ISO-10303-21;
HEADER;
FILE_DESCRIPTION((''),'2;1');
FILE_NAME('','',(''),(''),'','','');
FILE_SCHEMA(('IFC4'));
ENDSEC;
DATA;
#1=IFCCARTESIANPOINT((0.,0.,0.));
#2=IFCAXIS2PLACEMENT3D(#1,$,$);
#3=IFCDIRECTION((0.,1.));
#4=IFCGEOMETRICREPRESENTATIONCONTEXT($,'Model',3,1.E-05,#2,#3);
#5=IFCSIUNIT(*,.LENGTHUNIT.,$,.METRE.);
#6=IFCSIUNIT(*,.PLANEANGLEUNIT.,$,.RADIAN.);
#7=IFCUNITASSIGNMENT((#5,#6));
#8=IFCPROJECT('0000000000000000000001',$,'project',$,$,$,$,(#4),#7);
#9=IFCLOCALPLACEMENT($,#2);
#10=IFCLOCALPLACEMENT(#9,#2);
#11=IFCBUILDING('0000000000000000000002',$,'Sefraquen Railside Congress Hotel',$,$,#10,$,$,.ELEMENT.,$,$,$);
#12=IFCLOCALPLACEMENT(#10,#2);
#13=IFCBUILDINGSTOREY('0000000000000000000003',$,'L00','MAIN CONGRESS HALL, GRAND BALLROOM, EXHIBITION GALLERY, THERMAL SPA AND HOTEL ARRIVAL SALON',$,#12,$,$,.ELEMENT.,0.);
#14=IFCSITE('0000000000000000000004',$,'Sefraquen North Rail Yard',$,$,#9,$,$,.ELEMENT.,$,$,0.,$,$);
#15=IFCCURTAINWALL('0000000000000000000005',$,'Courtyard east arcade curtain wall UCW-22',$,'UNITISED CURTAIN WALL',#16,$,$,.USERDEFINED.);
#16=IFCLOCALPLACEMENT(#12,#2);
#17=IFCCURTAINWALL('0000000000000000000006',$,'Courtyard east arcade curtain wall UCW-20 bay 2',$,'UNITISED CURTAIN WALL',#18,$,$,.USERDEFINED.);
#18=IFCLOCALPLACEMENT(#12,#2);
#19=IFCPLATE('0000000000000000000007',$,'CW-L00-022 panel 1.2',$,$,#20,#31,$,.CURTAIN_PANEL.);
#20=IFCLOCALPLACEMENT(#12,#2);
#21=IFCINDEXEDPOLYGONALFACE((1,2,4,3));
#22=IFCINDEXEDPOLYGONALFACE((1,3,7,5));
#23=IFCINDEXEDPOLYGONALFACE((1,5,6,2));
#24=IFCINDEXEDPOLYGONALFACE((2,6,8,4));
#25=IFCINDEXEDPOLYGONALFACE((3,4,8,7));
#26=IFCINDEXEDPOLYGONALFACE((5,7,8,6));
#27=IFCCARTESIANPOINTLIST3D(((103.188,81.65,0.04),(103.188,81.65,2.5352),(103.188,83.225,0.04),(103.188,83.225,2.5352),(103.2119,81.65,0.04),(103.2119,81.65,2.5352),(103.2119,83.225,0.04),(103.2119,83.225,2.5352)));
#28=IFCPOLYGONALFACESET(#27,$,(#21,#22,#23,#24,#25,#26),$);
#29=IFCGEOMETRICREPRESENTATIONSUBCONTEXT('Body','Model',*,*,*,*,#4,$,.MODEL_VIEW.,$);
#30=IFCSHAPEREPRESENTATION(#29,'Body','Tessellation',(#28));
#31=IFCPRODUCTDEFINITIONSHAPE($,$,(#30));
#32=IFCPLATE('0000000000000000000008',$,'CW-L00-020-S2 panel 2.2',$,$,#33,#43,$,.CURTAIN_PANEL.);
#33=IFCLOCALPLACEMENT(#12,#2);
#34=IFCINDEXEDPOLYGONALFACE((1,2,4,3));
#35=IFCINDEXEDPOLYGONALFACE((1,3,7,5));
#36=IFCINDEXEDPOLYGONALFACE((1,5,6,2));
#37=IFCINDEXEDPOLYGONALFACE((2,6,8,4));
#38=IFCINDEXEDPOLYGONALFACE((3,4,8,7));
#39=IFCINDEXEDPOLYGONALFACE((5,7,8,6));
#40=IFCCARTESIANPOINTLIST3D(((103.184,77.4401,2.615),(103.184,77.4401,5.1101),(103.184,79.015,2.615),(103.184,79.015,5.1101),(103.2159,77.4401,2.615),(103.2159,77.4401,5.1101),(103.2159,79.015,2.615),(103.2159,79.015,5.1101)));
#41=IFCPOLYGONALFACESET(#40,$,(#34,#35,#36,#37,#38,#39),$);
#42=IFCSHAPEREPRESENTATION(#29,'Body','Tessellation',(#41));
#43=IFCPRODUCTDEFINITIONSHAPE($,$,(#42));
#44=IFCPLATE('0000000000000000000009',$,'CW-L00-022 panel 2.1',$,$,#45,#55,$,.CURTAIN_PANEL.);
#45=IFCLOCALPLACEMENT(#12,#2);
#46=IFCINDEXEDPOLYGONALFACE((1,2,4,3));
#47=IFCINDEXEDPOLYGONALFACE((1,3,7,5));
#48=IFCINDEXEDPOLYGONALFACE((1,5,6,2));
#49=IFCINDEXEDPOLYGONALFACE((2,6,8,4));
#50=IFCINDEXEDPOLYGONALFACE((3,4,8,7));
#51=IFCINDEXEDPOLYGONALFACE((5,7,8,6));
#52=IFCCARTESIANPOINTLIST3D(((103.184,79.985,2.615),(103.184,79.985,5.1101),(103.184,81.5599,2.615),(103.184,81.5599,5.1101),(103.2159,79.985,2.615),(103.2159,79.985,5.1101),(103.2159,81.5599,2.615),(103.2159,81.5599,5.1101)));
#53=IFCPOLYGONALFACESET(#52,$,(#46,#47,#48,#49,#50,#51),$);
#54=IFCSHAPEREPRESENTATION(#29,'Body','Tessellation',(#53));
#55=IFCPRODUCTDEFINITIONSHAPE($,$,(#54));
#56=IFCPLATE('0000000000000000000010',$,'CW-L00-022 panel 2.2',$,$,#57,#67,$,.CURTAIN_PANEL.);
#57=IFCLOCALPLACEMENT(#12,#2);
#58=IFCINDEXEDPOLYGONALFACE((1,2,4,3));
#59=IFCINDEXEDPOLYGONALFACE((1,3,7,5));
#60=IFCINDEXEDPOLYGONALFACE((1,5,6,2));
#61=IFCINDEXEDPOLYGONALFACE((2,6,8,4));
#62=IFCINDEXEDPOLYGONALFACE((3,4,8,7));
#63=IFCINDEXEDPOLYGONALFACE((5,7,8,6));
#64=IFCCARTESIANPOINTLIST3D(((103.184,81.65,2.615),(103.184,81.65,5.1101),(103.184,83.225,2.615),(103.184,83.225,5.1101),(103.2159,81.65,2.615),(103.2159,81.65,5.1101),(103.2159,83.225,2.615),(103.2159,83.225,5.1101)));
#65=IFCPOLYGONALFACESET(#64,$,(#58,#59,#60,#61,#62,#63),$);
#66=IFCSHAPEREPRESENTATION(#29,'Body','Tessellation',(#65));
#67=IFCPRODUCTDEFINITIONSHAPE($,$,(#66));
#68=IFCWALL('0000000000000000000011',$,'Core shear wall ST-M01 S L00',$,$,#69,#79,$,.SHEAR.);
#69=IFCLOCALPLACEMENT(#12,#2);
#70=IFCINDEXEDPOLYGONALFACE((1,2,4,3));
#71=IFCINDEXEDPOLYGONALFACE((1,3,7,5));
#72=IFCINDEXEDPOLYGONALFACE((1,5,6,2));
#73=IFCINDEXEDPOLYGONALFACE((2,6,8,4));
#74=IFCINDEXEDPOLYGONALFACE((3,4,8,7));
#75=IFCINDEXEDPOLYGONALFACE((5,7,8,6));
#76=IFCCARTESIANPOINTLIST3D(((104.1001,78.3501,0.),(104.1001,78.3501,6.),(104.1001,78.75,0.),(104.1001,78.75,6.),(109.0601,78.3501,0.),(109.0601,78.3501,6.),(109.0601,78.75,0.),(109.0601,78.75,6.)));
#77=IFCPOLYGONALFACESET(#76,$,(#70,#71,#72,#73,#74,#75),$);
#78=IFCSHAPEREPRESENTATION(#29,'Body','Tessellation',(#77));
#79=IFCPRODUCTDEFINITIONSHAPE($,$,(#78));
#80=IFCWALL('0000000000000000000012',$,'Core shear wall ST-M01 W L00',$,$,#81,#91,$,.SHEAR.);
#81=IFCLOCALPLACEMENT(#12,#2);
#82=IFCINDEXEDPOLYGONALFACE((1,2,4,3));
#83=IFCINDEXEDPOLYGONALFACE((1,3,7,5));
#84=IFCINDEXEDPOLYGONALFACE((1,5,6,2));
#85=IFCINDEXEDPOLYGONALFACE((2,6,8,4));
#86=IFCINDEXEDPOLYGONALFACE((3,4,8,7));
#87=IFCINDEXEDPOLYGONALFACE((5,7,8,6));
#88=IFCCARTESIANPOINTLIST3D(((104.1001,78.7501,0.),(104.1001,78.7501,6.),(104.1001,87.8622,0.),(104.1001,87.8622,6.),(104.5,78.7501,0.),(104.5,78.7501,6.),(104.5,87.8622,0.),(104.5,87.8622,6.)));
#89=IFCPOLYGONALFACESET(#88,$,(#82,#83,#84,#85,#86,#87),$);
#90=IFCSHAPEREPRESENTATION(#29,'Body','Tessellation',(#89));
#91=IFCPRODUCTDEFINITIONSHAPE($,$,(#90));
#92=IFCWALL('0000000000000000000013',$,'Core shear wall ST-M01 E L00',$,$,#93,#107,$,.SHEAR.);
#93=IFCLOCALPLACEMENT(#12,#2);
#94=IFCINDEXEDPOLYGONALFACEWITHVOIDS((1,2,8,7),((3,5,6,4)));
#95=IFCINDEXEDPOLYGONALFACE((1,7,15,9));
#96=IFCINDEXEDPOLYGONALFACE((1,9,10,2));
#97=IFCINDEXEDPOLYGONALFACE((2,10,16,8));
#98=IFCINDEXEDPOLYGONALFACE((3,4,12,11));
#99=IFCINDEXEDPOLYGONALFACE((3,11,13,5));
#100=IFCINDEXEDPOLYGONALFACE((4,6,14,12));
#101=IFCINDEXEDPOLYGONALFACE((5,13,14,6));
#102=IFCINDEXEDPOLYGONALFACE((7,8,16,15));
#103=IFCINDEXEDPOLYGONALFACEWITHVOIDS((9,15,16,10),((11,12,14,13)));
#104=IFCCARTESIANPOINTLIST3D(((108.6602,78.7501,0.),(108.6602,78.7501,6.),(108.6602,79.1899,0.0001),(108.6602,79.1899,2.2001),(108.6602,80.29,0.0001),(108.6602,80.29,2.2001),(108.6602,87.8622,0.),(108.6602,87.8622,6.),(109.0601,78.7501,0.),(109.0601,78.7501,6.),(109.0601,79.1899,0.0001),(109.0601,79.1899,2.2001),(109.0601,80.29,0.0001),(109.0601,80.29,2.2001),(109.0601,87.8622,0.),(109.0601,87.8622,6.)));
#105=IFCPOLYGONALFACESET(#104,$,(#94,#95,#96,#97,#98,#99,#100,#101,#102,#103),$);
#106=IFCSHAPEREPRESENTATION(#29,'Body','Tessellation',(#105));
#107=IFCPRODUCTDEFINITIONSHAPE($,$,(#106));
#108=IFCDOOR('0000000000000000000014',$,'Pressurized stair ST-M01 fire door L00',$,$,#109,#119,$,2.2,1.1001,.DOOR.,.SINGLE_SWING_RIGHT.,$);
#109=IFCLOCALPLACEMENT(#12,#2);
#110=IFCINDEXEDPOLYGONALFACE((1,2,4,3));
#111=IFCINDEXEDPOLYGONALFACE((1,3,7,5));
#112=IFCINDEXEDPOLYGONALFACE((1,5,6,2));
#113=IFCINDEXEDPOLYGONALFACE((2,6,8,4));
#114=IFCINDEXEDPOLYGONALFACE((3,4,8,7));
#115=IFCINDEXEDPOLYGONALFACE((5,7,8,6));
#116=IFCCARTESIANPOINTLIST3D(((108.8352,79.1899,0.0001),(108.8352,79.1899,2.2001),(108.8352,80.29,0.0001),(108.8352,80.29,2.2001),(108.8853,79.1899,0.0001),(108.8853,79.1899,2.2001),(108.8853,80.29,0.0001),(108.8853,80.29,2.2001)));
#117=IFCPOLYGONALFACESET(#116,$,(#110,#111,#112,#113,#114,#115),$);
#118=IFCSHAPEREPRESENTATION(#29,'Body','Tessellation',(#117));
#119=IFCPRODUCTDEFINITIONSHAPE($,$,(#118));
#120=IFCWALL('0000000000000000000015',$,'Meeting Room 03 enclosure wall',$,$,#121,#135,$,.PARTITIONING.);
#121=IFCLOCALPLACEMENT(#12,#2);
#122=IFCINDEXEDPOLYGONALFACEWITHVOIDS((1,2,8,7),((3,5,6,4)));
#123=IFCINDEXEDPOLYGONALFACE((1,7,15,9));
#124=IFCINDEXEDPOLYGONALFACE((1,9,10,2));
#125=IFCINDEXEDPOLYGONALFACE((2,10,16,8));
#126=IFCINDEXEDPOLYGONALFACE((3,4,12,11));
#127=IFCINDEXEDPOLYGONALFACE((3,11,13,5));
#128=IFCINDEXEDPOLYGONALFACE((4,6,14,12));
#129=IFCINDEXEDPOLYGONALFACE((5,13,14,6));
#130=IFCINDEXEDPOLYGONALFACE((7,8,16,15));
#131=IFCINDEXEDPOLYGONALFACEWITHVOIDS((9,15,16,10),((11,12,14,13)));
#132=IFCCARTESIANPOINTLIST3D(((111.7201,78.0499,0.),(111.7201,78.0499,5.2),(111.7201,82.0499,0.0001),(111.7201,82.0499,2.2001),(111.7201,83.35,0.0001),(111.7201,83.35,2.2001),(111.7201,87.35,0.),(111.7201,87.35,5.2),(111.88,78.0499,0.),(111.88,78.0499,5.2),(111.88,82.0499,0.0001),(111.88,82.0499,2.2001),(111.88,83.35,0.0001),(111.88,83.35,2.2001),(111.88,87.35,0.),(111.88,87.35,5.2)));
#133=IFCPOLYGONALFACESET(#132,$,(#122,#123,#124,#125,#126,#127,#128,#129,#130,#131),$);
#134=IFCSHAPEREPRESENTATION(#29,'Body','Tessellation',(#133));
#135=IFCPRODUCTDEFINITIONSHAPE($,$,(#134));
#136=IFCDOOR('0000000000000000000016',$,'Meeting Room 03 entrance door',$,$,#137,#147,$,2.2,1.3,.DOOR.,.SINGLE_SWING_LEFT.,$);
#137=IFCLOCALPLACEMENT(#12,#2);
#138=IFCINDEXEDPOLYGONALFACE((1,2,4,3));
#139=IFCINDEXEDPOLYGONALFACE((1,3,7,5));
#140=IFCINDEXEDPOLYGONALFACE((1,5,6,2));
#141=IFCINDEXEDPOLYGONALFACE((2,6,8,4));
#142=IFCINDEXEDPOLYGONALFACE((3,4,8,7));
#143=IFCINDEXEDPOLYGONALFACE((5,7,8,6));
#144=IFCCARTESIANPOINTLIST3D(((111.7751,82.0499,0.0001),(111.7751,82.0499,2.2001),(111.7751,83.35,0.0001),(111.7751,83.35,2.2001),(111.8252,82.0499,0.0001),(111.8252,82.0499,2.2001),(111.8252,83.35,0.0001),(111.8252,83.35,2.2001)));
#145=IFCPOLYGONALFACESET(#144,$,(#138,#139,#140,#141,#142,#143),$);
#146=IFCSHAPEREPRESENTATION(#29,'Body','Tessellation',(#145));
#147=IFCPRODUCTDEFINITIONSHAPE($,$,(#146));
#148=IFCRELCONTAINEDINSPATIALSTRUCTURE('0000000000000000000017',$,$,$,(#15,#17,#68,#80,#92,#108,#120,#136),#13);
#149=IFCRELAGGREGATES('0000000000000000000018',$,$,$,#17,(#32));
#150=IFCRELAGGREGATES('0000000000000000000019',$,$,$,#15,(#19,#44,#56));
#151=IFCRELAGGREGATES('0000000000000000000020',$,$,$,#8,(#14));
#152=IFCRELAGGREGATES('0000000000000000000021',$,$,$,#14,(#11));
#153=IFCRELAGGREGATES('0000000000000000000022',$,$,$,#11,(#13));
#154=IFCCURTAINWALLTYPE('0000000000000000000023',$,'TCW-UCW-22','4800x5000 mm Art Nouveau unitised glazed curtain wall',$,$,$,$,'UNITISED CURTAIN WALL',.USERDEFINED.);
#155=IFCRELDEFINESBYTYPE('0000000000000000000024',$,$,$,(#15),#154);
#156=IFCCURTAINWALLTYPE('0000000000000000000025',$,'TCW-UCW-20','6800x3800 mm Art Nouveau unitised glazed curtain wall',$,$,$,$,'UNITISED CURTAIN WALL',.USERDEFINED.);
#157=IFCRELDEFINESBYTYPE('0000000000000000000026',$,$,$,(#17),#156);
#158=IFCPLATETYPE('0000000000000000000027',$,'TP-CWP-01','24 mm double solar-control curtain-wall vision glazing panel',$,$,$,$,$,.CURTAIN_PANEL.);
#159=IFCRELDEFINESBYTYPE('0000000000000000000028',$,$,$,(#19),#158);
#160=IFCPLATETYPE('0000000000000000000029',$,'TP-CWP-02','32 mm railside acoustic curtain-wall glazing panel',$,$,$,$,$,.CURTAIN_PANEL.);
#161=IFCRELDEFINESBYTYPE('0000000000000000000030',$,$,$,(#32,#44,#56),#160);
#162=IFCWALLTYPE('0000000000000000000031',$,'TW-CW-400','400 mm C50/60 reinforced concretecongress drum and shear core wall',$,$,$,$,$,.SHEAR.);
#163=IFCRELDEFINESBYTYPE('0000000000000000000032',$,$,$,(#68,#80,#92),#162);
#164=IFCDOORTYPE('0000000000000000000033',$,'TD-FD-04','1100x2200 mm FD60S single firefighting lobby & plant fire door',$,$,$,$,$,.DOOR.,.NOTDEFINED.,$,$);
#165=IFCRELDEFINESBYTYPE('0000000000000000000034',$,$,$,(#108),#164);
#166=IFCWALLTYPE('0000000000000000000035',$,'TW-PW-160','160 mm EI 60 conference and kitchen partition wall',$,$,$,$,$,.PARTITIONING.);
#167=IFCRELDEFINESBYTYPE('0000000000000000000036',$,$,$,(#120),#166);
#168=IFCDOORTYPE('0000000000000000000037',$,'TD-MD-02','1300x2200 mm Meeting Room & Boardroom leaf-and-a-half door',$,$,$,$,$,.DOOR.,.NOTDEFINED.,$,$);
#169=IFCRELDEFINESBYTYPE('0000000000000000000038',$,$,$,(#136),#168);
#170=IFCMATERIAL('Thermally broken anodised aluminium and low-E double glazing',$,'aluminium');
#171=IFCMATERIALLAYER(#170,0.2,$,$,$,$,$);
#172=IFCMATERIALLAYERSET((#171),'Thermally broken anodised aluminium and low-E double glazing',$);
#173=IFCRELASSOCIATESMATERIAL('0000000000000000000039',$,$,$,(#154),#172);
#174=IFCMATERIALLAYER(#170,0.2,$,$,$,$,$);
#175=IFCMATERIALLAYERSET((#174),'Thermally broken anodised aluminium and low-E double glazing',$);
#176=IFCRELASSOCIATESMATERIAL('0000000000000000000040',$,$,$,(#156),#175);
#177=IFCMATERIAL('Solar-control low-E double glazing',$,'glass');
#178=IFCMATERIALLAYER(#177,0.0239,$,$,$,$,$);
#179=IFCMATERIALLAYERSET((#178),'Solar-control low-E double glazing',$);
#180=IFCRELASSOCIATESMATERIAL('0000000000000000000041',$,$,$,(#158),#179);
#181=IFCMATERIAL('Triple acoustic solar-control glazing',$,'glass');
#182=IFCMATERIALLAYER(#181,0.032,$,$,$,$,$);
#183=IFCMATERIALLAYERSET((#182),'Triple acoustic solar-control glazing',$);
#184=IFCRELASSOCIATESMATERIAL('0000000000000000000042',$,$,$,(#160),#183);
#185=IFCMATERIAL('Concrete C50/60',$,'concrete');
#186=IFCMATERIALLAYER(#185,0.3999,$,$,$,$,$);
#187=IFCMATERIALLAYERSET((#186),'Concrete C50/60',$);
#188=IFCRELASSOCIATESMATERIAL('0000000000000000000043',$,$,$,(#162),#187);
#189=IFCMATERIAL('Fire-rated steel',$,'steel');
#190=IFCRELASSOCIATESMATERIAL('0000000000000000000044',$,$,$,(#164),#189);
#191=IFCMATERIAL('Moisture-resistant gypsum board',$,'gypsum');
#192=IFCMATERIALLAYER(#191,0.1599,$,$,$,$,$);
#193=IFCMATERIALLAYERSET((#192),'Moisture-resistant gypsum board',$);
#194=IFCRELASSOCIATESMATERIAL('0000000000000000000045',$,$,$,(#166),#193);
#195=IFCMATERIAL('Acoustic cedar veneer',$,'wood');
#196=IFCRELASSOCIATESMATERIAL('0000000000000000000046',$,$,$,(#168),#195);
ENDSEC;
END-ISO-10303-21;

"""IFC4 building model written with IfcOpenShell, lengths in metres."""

from ifc_helpers import new_model, si_unit, direction, frame, frame_2d, origin, origin_2d, place, context, subcontext, project, spatial, rectangle, extrude, material, layer, layer_set, type_object, element, fill, aggregate, save


model = new_model("IFC4")

# Units and contexts
model_context = context("Model", 3, precision=1e-05, world=origin(), true_north=direction((0.0, 1.0)))
body_context = subcontext(model_context, "Body", "Model", "MODEL_VIEW")
ifc_project = project(units=[si_unit("LENGTHUNIT", "METRE"), si_unit("PLANEANGLEUNIT", "RADIAN")], contexts=[model_context])

# Site, building, storey
site_placement = place(None, origin())
site = spatial("IfcSite", under=ifc_project, at=site_placement, Name="Sefraquen North Rail Yard", CompositionType="ELEMENT", RefElevation=0.0)
building_placement = place(site_placement, origin())
building = spatial("IfcBuilding", under=site, at=building_placement, Name="Sefraquen Railside Congress Hotel", CompositionType="ELEMENT")
storey_placement = place(building_placement, origin())
storey = spatial("IfcBuildingStorey", under=building, at=storey_placement, Name="L00", Description="MAIN CONGRESS HALL, GRAND BALLROOM, EXHIBITION GALLERY, THERMAL SPA AND HOTEL ARRIVAL SALON", CompositionType="ELEMENT", Elevation=0.0)

# Shared definitions
ifc_material_1 = material(Name="Concrete C50/60", Category="concrete")

# Curtain wall
ifc_material_2 = material(Name="Thermally broken anodised aluminium and low-E double glazing", Category="aluminium")
ifc_layer_1 = layer(ifc_material_2, 0.2)
ifc_layer_set_1 = layer_set([ifc_layer_1], Name="Thermally broken anodised aluminium and low-E double glazing")
curtain_wall_type_1 = type_object("IfcCurtainWallType", Name="TCW-UCW-22", Description="4800x5000 mm Art Nouveau unitised glazed curtain wall", ElementType="UNITISED CURTAIN WALL", PredefinedType="USERDEFINED", material=ifc_layer_set_1)
curtain_wall_1_placement = place(storey_placement, origin())
curtain_wall_1 = element("IfcCurtainWall", 1, at=curtain_wall_1_placement, inside=storey, type_object=curtain_wall_type_1, Name="Courtyard east arcade curtain wall UCW-22", ObjectType="UNITISED CURTAIN WALL", PredefinedType="USERDEFINED")

# Curtain wall
ifc_layer_2 = layer(ifc_material_2, 0.2)
ifc_layer_set_2 = layer_set([ifc_layer_2], Name="Thermally broken anodised aluminium and low-E double glazing")
curtain_wall_type_2 = type_object("IfcCurtainWallType", Name="TCW-UCW-20", Description="6800x3800 mm Art Nouveau unitised glazed curtain wall", ElementType="UNITISED CURTAIN WALL", PredefinedType="USERDEFINED", material=ifc_layer_set_2)
curtain_wall_2_placement = place(storey_placement, origin())
curtain_wall_2 = element("IfcCurtainWall", 2, at=curtain_wall_2_placement, inside=storey, type_object=curtain_wall_type_2, Name="Courtyard east arcade curtain wall UCW-20 bay 2", ObjectType="UNITISED CURTAIN WALL", PredefinedType="USERDEFINED")

# Plates
ifc_material_3 = material(Name="Solar-control low-E double glazing", Category="glass")
ifc_layer_3 = layer(ifc_material_3, 0.0239)
ifc_layer_set_3 = layer_set([ifc_layer_3], Name="Solar-control low-E double glazing")
plate_type_1 = type_object("IfcPlateType", Name="TP-CWP-01", Description="24 mm double solar-control curtain-wall vision glazing panel", PredefinedType="CURTAIN_PANEL", material=ifc_layer_set_3)
plate_1_placement = place(storey_placement, frame((103.2, 82.4375, 0.04), z_axis=(0.0, 0.0, 1.0), x_axis=(0.0, 1.0, 0.0)))
plate_1 = element("IfcPlate", 3, at=plate_1_placement, type_object=plate_type_1, Name="CW-L00-022 panel 1.2", PredefinedType="CURTAIN_PANEL", context=body_context, shape_type="SweptSolid", body=[
    extrude(rectangle(XDim=1.575, YDim=0.0239, at=origin_2d()), origin(), (0.0, 0.0, 1.0), 2.4951),
])
ifc_material_4 = material(Name="Triple acoustic solar-control glazing", Category="glass")
ifc_layer_4 = layer(ifc_material_4, 0.032)
ifc_layer_set_4 = layer_set([ifc_layer_4], Name="Triple acoustic solar-control glazing")
plate_type_2 = type_object("IfcPlateType", Name="TP-CWP-02", Description="32 mm railside acoustic curtain-wall glazing panel", PredefinedType="CURTAIN_PANEL", material=ifc_layer_set_4)
plate_2_placement = place(storey_placement, frame((103.2, 78.2275, 2.615), z_axis=(0.0, 0.0, 1.0), x_axis=(0.0, 1.0, 0.0)))
plate_2 = element("IfcPlate", 4, at=plate_2_placement, type_object=plate_type_2, Name="CW-L00-020-S2 panel 2.2", PredefinedType="CURTAIN_PANEL", context=body_context, shape_type="SweptSolid", body=[
    extrude(rectangle(XDim=1.575, YDim=0.032, at=origin_2d()), origin(), (0.0, 0.0, 1.0), 2.4951),
])
aggregate(curtain_wall_2, [plate_2])
plate_3_placement = place(storey_placement, frame((103.2, 80.7725, 2.615), z_axis=(0.0, 0.0, 1.0), x_axis=(0.0, 1.0, 0.0)))
plate_3 = element("IfcPlate", 5, at=plate_3_placement, type_object=plate_type_2, Name="CW-L00-022 panel 2.1", PredefinedType="CURTAIN_PANEL", context=body_context, shape_type="SweptSolid", body=[
    extrude(rectangle(XDim=1.575, YDim=0.032, at=origin_2d()), origin(), (0.0, 0.0, 1.0), 2.4951),
])
plate_4_placement = place(storey_placement, frame((103.2, 82.4375, 2.615), z_axis=(0.0, 0.0, 1.0), x_axis=(0.0, 1.0, 0.0)))
plate_4 = element("IfcPlate", 6, at=plate_4_placement, type_object=plate_type_2, Name="CW-L00-022 panel 2.2", PredefinedType="CURTAIN_PANEL", context=body_context, shape_type="SweptSolid", body=[
    extrude(rectangle(XDim=1.575, YDim=0.032, at=origin_2d()), origin(), (0.0, 0.0, 1.0), 2.4951),
])
aggregate(curtain_wall_1, [plate_1, plate_3, plate_4])

# Walls
ifc_layer_5 = layer(ifc_material_1, 0.3999)
ifc_layer_set_5 = layer_set([ifc_layer_5], Name="Concrete C50/60")
wall_type_1 = type_object("IfcWallType", Name="TW-CW-400", Description="400 mm C50/60 reinforced concretecongress drum and shear core wall", PredefinedType="SHEAR", material=ifc_layer_set_5)
wall_1_placement = place(storey_placement, frame((104.1001, 78.55, 0.0), z_axis=(0.0, 0.0, 1.0), x_axis=(1.0, 0.0, 0.0)))
element("IfcWall", 7, at=wall_1_placement, inside=storey, type_object=wall_type_1, Name="Core shear wall ST-M01 S L00", PredefinedType="SHEAR", context=body_context, shape_type="SweptSolid", body=[
    extrude(rectangle(XDim=4.96, YDim=0.3999, at=frame_2d((2.48, 0.0))), origin(), (0.0, 0.0, 1.0), 6.0),
])
wall_2_placement = place(storey_placement, frame((104.3, 78.75, 0.0), z_axis=(0.0, 0.0, 1.0), x_axis=(0.0, 1.0, 0.0)))
element("IfcWall", 8, at=wall_2_placement, inside=storey, type_object=wall_type_1, Name="Core shear wall ST-M01 W L00", PredefinedType="SHEAR", context=body_context, shape_type="SweptSolid", body=[
    extrude(rectangle(XDim=9.1121, YDim=0.3999, at=frame_2d((4.5562, 0.0))), origin(), (0.0, 0.0, 1.0), 6.0),
])

# Walls, openings, doors
wall_3_placement = place(storey_placement, frame((108.8601, 78.75, 0.0), z_axis=(0.0, 0.0, 1.0), x_axis=(0.0, 1.0, 0.0)))
wall_3 = element("IfcWall", 9, at=wall_3_placement, inside=storey, type_object=wall_type_1, Name="Core shear wall ST-M01 E L00", PredefinedType="SHEAR", context=body_context, shape_type="SweptSolid", body=[
    extrude(rectangle(XDim=9.1121, YDim=0.3999, at=frame_2d((4.5562, 0.0))), origin(), (0.0, 0.0, 1.0), 6.0),
])
opening_1_placement = place(wall_3_placement, frame((0.4399, 0.0, 0.0)))
opening_1 = element("IfcOpeningElement", 10, at=opening_1_placement, cuts=wall_3, PredefinedType="OPENING", context=body_context, shape_type="SweptSolid", body=[
    extrude(rectangle(XDim=1.1001, YDim=2.2, at=frame_2d((0.55, 1.1001))), frame((0.0, 0.21, 0.0), z_axis=(0.0, -1.0, 0.0), x_axis=(1.0, 0.0, 0.0)), (0.0, 0.0, 1.0), 0.4199),
])
ifc_material_5 = material(Name="Fire-rated steel", Category="steel")
door_type_1 = type_object("IfcDoorType", Name="TD-FD-04", Description="1100x2200 mm FD60S single firefighting lobby & plant fire door", OperationType="NOTDEFINED", PredefinedType="DOOR", material=ifc_material_5)
door_1_placement = place(opening_1_placement, origin())
door_1 = element("IfcDoor", 11, at=door_1_placement, inside=storey, type_object=door_type_1, Name="Pressurized stair ST-M01 fire door L00", OperationType="SINGLE_SWING_RIGHT", OverallHeight=2.2, OverallWidth=1.1001, PredefinedType="DOOR", context=body_context, shape_type="SweptSolid", body=[
    extrude(rectangle(XDim=1.1001, YDim=2.2, at=frame_2d((0.55, 1.1001))), frame((0.0, 0.0249, 0.0), z_axis=(0.0, -1.0, 0.0), x_axis=(1.0, 0.0, 0.0)), (0.0, 0.0, 1.0), 0.05),
])
fill(opening_1, door_1)
ifc_material_6 = material(Name="Moisture-resistant gypsum board", Category="gypsum")
ifc_layer_6 = layer(ifc_material_6, 0.1599)
ifc_layer_set_6 = layer_set([ifc_layer_6], Name="Moisture-resistant gypsum board")
wall_type_2 = type_object("IfcWallType", Name="TW-PW-160", Description="160 mm EI 60 conference and kitchen partition wall", PredefinedType="PARTITIONING", material=ifc_layer_set_6)
wall_4_placement = place(storey_placement, frame((111.8, 78.05, 0.0), z_axis=(0.0, 0.0, 1.0), x_axis=(0.0, 1.0, 0.0)))
wall_4 = element("IfcWall", 12, at=wall_4_placement, inside=storey, type_object=wall_type_2, Name="Meeting Room 03 enclosure wall", PredefinedType="PARTITIONING", context=body_context, shape_type="SweptSolid", body=[
    extrude(rectangle(XDim=9.3, YDim=0.1599, at=frame_2d((4.6499, 0.0))), origin(), (0.0, 0.0, 1.0), 5.2),
])
opening_2_placement = place(wall_4_placement, frame((4.0, 0.0, 0.0)))
opening_2 = element("IfcOpeningElement", 13, at=opening_2_placement, cuts=wall_4, PredefinedType="OPENING", context=body_context, shape_type="SweptSolid", body=[
    extrude(rectangle(XDim=1.3, YDim=2.2, at=frame_2d((0.6499, 1.1001))), frame((0.0, 0.0898, 0.0), z_axis=(0.0, -1.0, 0.0), x_axis=(1.0, 0.0, 0.0)), (0.0, 0.0, 1.0), 0.1799),
])
ifc_material_7 = material(Name="Acoustic cedar veneer", Category="wood")
door_type_2 = type_object("IfcDoorType", Name="TD-MD-02", Description="1300x2200 mm Meeting Room & Boardroom leaf-and-a-half door", OperationType="NOTDEFINED", PredefinedType="DOOR", material=ifc_material_7)
door_2_placement = place(opening_2_placement, origin())
door_2 = element("IfcDoor", 14, at=door_2_placement, inside=storey, type_object=door_type_2, Name="Meeting Room 03 entrance door", OperationType="SINGLE_SWING_LEFT", OverallHeight=2.2, OverallWidth=1.3, PredefinedType="DOOR", context=body_context, shape_type="SweptSolid", body=[
    extrude(rectangle(XDim=1.3, YDim=2.2, at=frame_2d((0.6499, 1.1001))), frame((0.0, 0.0249, 0.0), z_axis=(0.0, -1.0, 0.0), x_axis=(1.0, 0.0, 0.0)), (0.0, 0.0, 1.0), 0.05),
])
fill(opening_2, door_2)

save(model, "model.ifc")
